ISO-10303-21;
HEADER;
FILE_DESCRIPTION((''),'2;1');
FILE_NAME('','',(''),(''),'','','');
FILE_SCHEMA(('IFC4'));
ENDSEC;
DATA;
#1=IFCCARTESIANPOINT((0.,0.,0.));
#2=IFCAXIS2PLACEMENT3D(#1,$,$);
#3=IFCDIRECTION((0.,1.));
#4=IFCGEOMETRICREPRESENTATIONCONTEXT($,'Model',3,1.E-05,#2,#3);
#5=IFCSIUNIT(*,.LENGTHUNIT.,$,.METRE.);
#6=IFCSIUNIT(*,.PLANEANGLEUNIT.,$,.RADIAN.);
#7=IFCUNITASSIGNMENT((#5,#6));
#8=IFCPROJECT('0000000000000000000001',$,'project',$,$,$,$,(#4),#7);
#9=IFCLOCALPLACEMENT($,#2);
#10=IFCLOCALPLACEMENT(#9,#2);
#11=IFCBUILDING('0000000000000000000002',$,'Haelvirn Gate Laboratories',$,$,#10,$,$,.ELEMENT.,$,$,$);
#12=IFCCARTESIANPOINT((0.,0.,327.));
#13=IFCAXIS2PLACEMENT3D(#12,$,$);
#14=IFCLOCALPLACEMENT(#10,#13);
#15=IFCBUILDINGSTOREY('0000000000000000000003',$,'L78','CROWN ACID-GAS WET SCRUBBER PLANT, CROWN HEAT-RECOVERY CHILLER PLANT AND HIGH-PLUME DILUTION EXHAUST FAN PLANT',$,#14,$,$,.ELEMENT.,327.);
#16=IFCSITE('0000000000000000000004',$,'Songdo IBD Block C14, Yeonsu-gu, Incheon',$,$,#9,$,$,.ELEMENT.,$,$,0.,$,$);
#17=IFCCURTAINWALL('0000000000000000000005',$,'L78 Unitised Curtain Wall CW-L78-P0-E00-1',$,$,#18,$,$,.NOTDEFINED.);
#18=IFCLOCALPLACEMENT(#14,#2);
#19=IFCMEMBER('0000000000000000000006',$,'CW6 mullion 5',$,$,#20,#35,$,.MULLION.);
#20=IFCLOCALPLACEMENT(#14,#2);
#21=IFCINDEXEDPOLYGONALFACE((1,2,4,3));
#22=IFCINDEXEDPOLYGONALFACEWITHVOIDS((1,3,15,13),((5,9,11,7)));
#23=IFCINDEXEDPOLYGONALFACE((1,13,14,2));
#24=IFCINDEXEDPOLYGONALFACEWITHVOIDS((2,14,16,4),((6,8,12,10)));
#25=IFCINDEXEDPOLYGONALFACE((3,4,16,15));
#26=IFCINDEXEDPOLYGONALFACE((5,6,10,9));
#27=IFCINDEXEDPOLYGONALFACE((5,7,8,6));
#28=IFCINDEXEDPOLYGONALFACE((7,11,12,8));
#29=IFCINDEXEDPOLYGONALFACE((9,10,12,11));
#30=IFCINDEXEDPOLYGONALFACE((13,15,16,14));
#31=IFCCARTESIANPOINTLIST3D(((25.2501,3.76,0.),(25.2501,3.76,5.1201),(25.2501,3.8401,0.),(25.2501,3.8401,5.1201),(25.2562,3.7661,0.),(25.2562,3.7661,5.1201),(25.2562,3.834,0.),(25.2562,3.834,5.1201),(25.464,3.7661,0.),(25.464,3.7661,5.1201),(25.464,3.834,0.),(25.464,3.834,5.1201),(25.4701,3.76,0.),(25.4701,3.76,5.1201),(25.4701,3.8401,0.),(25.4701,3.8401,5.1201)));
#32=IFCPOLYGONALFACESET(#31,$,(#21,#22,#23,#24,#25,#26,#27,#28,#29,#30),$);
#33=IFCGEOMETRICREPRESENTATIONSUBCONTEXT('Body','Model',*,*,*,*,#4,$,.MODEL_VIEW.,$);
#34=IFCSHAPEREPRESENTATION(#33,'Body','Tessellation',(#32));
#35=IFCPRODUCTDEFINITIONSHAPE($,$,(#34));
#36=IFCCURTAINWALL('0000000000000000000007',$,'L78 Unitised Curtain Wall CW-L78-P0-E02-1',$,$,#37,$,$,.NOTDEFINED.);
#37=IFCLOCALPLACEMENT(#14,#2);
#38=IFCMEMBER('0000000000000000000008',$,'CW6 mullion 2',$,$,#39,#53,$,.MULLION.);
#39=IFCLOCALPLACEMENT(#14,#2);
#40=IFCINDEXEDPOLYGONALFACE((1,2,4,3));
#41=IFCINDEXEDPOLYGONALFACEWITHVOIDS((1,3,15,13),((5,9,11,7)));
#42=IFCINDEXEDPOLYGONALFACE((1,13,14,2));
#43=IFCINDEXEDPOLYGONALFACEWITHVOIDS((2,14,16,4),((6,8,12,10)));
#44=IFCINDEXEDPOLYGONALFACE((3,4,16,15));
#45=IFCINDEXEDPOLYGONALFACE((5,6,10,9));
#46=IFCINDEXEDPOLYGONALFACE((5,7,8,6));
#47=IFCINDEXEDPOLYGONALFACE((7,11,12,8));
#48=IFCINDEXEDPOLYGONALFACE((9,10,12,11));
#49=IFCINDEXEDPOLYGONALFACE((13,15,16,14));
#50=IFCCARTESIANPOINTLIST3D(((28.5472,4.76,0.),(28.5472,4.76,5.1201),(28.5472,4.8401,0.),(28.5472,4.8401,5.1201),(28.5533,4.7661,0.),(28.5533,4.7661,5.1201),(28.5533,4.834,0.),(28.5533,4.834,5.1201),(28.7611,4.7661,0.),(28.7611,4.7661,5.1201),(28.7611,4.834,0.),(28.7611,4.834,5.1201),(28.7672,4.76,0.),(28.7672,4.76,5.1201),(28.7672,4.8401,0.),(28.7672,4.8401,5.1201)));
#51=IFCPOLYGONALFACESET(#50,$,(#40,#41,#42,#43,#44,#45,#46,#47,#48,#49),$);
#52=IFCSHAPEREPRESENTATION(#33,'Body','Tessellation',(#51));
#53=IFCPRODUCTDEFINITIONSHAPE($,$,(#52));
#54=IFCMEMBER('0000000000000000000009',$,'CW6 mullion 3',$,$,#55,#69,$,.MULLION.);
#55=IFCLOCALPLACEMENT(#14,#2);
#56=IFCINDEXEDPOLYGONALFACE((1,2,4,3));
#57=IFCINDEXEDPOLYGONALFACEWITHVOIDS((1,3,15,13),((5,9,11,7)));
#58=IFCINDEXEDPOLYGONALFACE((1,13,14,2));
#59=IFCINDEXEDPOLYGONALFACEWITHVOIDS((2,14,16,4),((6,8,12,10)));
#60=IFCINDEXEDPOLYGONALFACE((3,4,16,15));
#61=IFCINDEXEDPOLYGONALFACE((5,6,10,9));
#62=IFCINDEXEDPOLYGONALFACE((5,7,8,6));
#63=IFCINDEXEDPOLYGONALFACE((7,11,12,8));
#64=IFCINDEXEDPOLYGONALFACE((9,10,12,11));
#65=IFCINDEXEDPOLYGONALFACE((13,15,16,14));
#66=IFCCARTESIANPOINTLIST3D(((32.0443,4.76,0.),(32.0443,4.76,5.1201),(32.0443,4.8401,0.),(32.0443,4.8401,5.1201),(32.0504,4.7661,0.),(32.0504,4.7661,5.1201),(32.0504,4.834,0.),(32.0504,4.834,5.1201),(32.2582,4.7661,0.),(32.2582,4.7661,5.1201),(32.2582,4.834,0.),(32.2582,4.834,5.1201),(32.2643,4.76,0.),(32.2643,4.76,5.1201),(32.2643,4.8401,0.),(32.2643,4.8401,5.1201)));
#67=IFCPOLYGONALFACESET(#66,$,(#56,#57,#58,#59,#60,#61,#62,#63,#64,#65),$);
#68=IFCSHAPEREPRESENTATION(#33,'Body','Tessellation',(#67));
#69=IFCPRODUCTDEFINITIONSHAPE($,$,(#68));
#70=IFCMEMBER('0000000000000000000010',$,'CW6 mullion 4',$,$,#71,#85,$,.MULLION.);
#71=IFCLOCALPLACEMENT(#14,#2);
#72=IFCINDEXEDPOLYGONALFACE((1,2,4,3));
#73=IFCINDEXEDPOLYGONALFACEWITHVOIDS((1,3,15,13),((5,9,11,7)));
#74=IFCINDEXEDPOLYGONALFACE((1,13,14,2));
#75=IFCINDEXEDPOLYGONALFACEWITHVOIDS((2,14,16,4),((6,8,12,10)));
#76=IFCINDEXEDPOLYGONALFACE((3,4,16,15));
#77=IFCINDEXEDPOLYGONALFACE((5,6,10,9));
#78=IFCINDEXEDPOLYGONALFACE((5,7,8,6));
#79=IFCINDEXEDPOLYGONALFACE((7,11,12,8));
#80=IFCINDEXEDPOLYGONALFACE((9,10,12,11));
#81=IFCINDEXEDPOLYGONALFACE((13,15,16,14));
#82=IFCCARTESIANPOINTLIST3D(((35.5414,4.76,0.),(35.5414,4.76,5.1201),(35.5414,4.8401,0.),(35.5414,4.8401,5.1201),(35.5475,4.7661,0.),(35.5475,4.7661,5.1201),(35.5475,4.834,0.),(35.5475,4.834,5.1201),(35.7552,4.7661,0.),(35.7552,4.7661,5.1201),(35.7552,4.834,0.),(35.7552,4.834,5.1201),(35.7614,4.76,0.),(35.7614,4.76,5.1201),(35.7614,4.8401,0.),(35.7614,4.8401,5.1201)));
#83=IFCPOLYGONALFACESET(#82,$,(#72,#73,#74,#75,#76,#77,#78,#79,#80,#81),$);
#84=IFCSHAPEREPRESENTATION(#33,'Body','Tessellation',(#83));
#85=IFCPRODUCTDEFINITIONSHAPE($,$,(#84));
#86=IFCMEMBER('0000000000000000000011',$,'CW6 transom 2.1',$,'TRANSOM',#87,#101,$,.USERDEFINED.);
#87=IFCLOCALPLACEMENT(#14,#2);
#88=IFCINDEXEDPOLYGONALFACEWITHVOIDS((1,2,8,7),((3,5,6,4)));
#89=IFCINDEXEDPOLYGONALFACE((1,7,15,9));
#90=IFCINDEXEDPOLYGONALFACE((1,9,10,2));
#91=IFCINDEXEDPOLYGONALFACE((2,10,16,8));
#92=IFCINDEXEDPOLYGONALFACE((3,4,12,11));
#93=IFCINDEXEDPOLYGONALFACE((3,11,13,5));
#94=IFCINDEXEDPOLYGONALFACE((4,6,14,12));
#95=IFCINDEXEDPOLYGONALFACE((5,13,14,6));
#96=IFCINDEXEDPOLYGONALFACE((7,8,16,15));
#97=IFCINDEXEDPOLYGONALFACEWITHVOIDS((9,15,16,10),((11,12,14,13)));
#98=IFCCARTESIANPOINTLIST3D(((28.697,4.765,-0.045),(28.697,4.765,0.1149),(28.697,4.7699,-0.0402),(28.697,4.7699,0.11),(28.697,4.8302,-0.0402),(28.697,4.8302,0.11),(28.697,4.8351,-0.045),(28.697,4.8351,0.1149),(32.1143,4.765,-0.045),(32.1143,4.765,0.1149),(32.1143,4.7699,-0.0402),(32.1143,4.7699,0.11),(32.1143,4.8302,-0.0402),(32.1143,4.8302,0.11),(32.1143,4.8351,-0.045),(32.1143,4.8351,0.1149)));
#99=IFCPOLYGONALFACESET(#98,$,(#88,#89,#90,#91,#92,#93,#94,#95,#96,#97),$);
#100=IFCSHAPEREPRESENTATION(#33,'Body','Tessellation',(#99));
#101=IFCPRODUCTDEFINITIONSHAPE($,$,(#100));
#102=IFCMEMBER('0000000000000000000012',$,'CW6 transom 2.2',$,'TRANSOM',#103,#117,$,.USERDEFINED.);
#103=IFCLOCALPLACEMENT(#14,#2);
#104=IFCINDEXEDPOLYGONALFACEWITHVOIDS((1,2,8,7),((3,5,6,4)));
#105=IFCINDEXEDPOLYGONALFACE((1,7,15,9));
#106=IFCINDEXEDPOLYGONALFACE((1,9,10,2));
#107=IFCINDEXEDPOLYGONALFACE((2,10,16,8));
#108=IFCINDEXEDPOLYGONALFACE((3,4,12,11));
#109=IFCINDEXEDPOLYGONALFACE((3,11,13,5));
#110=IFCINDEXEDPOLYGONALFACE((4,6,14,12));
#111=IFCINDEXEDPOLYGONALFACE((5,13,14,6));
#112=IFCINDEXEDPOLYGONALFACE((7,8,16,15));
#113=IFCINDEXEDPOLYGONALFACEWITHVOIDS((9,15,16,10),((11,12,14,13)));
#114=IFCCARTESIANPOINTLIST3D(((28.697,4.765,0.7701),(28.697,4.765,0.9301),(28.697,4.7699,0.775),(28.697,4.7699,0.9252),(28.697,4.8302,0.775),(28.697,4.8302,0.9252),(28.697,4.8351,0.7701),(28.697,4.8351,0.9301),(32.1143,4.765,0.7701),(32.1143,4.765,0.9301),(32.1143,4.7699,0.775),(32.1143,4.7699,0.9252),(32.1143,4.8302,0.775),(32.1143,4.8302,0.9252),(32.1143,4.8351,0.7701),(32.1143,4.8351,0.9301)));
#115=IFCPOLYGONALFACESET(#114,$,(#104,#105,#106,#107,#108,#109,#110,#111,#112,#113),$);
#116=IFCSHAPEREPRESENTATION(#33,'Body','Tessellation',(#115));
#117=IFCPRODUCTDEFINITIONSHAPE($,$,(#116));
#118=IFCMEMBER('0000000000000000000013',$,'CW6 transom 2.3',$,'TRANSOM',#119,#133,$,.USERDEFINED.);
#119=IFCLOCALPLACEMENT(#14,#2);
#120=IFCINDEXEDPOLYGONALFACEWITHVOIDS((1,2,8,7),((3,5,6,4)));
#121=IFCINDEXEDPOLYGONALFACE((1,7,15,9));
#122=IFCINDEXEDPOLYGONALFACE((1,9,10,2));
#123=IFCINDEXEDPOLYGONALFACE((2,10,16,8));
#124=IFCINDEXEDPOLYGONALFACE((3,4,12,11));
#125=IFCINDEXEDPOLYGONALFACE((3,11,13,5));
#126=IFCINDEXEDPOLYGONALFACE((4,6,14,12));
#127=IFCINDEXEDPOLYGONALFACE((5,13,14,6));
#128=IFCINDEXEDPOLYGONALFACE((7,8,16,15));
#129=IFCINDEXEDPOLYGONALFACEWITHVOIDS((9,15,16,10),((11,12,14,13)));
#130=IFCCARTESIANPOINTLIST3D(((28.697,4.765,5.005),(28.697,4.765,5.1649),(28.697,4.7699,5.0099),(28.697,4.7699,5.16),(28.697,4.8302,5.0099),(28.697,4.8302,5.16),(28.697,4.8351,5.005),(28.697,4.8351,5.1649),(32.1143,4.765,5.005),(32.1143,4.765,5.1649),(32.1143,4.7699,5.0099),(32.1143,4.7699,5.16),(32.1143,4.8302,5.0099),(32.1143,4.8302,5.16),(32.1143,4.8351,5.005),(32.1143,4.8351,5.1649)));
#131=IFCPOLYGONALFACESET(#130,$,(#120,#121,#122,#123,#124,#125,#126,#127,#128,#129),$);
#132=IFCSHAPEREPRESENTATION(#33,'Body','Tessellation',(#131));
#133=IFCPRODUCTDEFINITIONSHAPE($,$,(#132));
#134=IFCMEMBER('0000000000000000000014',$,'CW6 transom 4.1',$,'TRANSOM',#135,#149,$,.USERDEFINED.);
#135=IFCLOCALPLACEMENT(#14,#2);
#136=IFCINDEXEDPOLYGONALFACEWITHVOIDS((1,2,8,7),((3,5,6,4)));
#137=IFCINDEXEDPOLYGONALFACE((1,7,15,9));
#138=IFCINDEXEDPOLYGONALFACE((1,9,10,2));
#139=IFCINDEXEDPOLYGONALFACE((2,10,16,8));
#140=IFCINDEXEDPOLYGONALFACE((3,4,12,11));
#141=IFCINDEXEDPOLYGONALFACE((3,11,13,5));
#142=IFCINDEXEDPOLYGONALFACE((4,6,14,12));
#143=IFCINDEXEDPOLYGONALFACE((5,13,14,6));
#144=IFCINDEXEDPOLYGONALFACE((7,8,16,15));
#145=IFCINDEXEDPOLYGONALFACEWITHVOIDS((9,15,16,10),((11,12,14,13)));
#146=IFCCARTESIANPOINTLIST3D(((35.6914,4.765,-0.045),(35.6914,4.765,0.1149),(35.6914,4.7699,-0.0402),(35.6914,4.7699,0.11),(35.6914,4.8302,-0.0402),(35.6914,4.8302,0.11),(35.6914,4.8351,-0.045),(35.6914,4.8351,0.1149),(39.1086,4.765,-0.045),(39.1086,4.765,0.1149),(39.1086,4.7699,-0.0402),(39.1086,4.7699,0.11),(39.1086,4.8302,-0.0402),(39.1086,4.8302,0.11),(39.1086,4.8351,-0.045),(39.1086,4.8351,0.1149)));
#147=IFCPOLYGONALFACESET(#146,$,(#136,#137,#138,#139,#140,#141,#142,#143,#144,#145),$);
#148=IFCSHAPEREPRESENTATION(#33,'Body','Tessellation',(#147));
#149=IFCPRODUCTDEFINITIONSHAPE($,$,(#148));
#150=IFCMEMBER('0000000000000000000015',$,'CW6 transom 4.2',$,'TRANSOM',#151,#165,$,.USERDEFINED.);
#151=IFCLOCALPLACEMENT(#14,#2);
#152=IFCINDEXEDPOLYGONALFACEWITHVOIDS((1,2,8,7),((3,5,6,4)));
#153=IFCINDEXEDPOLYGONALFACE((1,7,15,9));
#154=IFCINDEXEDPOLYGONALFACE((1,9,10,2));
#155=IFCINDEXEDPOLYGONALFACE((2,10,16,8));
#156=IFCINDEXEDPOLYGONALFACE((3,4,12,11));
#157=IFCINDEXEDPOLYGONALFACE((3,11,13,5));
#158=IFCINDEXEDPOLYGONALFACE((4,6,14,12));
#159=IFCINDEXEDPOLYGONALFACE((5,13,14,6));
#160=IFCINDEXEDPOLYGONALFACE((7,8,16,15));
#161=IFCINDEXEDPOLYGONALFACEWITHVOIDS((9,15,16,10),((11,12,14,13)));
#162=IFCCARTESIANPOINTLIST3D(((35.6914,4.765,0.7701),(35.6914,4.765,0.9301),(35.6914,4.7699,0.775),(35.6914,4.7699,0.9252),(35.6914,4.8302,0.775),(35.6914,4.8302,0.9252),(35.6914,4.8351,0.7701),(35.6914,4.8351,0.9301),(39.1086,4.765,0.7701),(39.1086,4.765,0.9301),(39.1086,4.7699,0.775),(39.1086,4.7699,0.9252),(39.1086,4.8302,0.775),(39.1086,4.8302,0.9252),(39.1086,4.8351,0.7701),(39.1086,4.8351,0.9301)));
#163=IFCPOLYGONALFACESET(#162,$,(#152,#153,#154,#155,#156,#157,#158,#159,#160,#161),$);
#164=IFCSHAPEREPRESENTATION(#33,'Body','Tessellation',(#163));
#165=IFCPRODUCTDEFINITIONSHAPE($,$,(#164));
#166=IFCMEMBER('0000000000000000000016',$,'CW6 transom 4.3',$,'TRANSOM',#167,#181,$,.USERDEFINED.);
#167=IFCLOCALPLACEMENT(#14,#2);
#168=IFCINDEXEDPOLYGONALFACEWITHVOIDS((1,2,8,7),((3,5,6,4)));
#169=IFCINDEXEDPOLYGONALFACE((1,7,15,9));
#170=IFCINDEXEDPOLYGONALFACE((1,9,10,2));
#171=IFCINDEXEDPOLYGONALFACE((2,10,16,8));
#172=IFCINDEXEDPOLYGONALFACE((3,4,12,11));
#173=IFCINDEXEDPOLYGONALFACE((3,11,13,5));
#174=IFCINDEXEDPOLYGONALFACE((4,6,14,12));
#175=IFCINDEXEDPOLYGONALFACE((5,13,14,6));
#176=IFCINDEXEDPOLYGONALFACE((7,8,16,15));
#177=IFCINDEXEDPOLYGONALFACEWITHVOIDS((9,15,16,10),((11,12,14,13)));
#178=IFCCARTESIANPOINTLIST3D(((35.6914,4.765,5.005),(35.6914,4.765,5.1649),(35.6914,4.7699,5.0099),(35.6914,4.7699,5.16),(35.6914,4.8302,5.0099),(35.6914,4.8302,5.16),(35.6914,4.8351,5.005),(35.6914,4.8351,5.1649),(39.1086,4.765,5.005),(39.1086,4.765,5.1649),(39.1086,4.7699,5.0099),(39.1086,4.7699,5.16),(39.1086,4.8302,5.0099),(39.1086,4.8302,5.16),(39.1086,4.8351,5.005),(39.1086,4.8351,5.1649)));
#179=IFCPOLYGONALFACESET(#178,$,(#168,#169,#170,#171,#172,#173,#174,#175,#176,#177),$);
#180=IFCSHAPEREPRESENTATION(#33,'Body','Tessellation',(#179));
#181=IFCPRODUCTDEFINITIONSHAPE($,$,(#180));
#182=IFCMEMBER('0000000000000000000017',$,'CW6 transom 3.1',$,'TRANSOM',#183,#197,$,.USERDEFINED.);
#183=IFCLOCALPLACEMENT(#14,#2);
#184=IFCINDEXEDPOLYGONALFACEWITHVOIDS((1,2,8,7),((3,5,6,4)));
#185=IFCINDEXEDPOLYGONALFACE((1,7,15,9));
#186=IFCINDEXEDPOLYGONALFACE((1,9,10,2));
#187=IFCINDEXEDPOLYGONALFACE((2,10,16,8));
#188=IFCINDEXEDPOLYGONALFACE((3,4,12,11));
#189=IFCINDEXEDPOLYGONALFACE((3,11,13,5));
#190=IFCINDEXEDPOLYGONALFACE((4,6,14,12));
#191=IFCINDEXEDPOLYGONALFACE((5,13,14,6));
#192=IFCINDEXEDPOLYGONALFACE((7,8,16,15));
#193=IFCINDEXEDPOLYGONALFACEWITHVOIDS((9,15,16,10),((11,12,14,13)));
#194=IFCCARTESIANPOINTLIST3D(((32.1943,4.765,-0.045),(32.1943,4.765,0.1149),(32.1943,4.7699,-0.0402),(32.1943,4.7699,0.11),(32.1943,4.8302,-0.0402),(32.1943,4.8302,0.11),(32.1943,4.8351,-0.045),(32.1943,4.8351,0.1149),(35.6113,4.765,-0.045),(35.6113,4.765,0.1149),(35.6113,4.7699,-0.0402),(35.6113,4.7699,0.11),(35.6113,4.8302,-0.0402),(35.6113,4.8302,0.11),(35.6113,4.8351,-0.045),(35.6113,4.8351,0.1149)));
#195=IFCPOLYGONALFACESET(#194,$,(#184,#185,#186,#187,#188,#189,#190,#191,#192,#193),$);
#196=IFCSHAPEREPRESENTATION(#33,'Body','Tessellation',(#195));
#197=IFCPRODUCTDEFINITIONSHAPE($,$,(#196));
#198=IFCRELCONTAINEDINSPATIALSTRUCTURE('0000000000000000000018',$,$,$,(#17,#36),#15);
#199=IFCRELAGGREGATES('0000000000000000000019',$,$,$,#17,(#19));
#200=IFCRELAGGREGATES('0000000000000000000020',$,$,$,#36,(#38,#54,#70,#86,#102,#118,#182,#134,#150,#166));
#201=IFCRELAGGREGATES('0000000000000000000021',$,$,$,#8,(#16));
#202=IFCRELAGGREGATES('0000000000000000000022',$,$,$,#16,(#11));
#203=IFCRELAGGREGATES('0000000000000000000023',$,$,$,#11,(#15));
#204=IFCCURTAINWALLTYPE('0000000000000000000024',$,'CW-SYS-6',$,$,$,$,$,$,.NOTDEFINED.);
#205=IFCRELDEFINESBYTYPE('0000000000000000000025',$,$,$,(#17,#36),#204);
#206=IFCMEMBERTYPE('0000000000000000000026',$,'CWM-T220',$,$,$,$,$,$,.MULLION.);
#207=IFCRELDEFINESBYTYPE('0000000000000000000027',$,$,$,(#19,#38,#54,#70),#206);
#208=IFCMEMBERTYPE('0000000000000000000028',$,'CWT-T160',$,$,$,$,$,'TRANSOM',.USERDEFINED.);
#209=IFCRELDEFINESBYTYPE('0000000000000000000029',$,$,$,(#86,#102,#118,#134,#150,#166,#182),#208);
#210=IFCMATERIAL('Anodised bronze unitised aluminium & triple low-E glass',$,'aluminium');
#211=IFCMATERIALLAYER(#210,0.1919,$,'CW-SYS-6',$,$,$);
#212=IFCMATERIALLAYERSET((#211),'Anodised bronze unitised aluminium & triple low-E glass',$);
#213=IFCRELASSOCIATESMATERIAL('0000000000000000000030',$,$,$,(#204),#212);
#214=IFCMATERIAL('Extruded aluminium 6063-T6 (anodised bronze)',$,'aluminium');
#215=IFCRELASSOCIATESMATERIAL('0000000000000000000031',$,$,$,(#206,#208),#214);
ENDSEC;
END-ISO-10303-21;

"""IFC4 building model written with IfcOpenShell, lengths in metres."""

from ifc_helpers import new_model, si_unit, direction, frame, origin, origin_2d, place, context, subcontext, project, spatial, hollow_rectangle, extrude, source, transform, mapped, material, layer, layer_set, material_profile, profile_set, type_object, type_shapes, element, aggregate, save


model = new_model("IFC4")

# Units and contexts
model_context = context("Model", 3, precision=1e-05, world=origin(), true_north=direction((0.0, 1.0)))
body_context = subcontext(model_context, "Body", "Model", "MODEL_VIEW")
ifc_project = project(units=[si_unit("LENGTHUNIT", "METRE"), si_unit("PLANEANGLEUNIT", "RADIAN")], contexts=[model_context])

# Site, building, storey
site_placement = place(None, origin())
site = spatial("IfcSite", under=ifc_project, at=site_placement, Name="Songdo IBD Block C14, Yeonsu-gu, Incheon", CompositionType="ELEMENT", RefElevation=0.0)
building_placement = place(site_placement, origin())
building = spatial("IfcBuilding", under=site, at=building_placement, Name="Haelvirn Gate Laboratories", CompositionType="ELEMENT")
storey_placement = place(building_placement, frame((0.0, 0.0, 327.0)))
storey = spatial("IfcBuildingStorey", under=building, at=storey_placement, Name="L78", Description="CROWN ACID-GAS WET SCRUBBER PLANT, CROWN HEAT-RECOVERY CHILLER PLANT AND HIGH-PLUME DILUTION EXHAUST FAN PLANT", CompositionType="ELEMENT", Elevation=327.0)

# Curtain wall, member
ifc_material_1 = material(Name="Anodised bronze unitised aluminium & triple low-E glass", Category="aluminium")
ifc_layer_1 = layer(ifc_material_1, 0.1919, Name="CW-SYS-6")
ifc_layer_set_1 = layer_set([ifc_layer_1], Name="Anodised bronze unitised aluminium & triple low-E glass")
curtain_wall_type = type_object("IfcCurtainWallType", Name="CW-SYS-6", PredefinedType="NOTDEFINED", material=ifc_layer_set_1)
curtain_wall_1_placement = place(storey_placement, origin())
curtain_wall_1 = element("IfcCurtainWall", 1, at=curtain_wall_1_placement, inside=storey, type_object=curtain_wall_type, Name="L78 Unitised Curtain Wall CW-L78-P0-E00-1", PredefinedType="NOTDEFINED")
ifc_material_2 = material(Name="Extruded aluminium 6063-T6 (anodised bronze)", Category="aluminium")
ifc_material_profile_1 = material_profile(ifc_material_2, hollow_rectangle(XDim=0.0801, YDim=0.22, WallThickness=0.0061, at=origin_2d()), Name="CWM-220x80x6")
ifc_profile_set_1 = profile_set([ifc_material_profile_1], Name="Extruded aluminium 6063-T6 (anodised bronze)")
member_type_1 = type_object("IfcMemberType", Name="CWM-T220", PredefinedType="MULLION", material=ifc_profile_set_1)
shared_shape_1 = source(origin(), body_context, "Body", "SweptSolid", [
    extrude(hollow_rectangle(XDim=0.0801, YDim=0.22, WallThickness=0.0061, at=origin_2d()), origin(), (0.0, 0.0, 1.0), 5.1201),
])
type_shapes(member_type_1, [shared_shape_1])
member_1_placement = place(storey_placement, frame((25.3601, 3.8, 0.0), z_axis=(0.0, 0.0, 1.0), x_axis=(0.0, 1.0, 0.0)))
member_1 = element("IfcMember", 2, at=member_1_placement, type_object=member_type_1, Name="CW6 mullion 5", PredefinedType="MULLION", context=body_context, shape_type="MappedRepresentation", body=[
    mapped(shared_shape_1, transform((0.0, 0.0, 0.0), scale=1.0)),
])
aggregate(curtain_wall_1, [member_1])

# Curtain wall, members
curtain_wall_2_placement = place(storey_placement, origin())
curtain_wall_2 = element("IfcCurtainWall", 3, at=curtain_wall_2_placement, inside=storey, type_object=curtain_wall_type, Name="L78 Unitised Curtain Wall CW-L78-P0-E02-1", PredefinedType="NOTDEFINED")
member_2_placement = place(storey_placement, frame((28.6572, 4.8, 0.0), z_axis=(0.0, 0.0, 1.0), x_axis=(0.0, 1.0, 0.0)))
member_2 = element("IfcMember", 4, at=member_2_placement, type_object=member_type_1, Name="CW6 mullion 2", PredefinedType="MULLION", context=body_context, shape_type="MappedRepresentation", body=[
    mapped(shared_shape_1, transform((0.0, 0.0, 0.0), scale=1.0)),
])
member_3_placement = place(storey_placement, frame((32.1543, 4.8, 0.0), z_axis=(0.0, 0.0, 1.0), x_axis=(0.0, 1.0, 0.0)))
member_3 = element("IfcMember", 5, at=member_3_placement, type_object=member_type_1, Name="CW6 mullion 3", PredefinedType="MULLION", context=body_context, shape_type="MappedRepresentation", body=[
    mapped(shared_shape_1, transform((0.0, 0.0, 0.0), scale=1.0)),
])
member_4_placement = place(storey_placement, frame((35.6514, 4.8, 0.0), z_axis=(0.0, 0.0, 1.0), x_axis=(0.0, 1.0, 0.0)))
member_4 = element("IfcMember", 6, at=member_4_placement, type_object=member_type_1, Name="CW6 mullion 4", PredefinedType="MULLION", context=body_context, shape_type="MappedRepresentation", body=[
    mapped(shared_shape_1, transform((0.0, 0.0, 0.0), scale=1.0)),
])
ifc_material_profile_2 = material_profile(ifc_material_2, hollow_rectangle(XDim=0.0701, YDim=0.1599, WallThickness=0.0049, at=origin_2d()), Name="CWT-160x70x5")
ifc_profile_set_2 = profile_set([ifc_material_profile_2], Name="Extruded aluminium 6063-T6 (anodised bronze)")
member_type_2 = type_object("IfcMemberType", Name="CWT-T160", ElementType="TRANSOM", PredefinedType="USERDEFINED", material=ifc_profile_set_2)
shared_shape_2 = source(origin(), body_context, "Body", "SweptSolid", [
    extrude(hollow_rectangle(XDim=0.0701, YDim=0.1599, WallThickness=0.0049, at=origin_2d()), origin(), (0.0, 0.0, 1.0), 3.4172),
])
member_5_placement = place(storey_placement, frame((28.697, 4.8, 0.0349), z_axis=(1.0, 0.0, 0.0), x_axis=(0.0, 1.0, 0.0)))
member_5 = element("IfcMember", 7, at=member_5_placement, type_object=member_type_2, Name="CW6 transom 2.1", ObjectType="TRANSOM", PredefinedType="USERDEFINED", context=body_context, shape_type="MappedRepresentation", body=[
    mapped(shared_shape_2, transform((0.0, 0.0, 0.0), scale=1.0)),
])
member_6_placement = place(storey_placement, frame((28.697, 4.8, 0.8501), z_axis=(1.0, 0.0, 0.0), x_axis=(0.0, 1.0, 0.0)))
member_6 = element("IfcMember", 8, at=member_6_placement, type_object=member_type_2, Name="CW6 transom 2.2", ObjectType="TRANSOM", PredefinedType="USERDEFINED", context=body_context, shape_type="MappedRepresentation", body=[
    mapped(shared_shape_2, transform((0.0, 0.0, 0.0), scale=1.0)),
])
member_7_placement = place(storey_placement, frame((28.697, 4.8, 5.085), z_axis=(1.0, 0.0, 0.0), x_axis=(0.0, 1.0, 0.0)))
member_7 = element("IfcMember", 9, at=member_7_placement, type_object=member_type_2, Name="CW6 transom 2.3", ObjectType="TRANSOM", PredefinedType="USERDEFINED", context=body_context, shape_type="MappedRepresentation", body=[
    mapped(shared_shape_2, transform((0.0, 0.0, 0.0), scale=1.0)),
])
member_8_placement = place(storey_placement, frame((35.6914, 4.8, 0.0349), z_axis=(1.0, 0.0, 0.0), x_axis=(0.0, 1.0, 0.0)))
member_8 = element("IfcMember", 10, at=member_8_placement, type_object=member_type_2, Name="CW6 transom 4.1", ObjectType="TRANSOM", PredefinedType="USERDEFINED", context=body_context, shape_type="MappedRepresentation", body=[
    mapped(shared_shape_2, transform((0.0, 0.0, 0.0), scale=1.0)),
])
member_9_placement = place(storey_placement, frame((35.6914, 4.8, 0.8501), z_axis=(1.0, 0.0, 0.0), x_axis=(0.0, 1.0, 0.0)))
member_9 = element("IfcMember", 11, at=member_9_placement, type_object=member_type_2, Name="CW6 transom 4.2", ObjectType="TRANSOM", PredefinedType="USERDEFINED", context=body_context, shape_type="MappedRepresentation", body=[
    mapped(shared_shape_2, transform((0.0, 0.0, 0.0), scale=1.0)),
])
member_10_placement = place(storey_placement, frame((35.6914, 4.8, 5.085), z_axis=(1.0, 0.0, 0.0), x_axis=(0.0, 1.0, 0.0)))
member_10 = element("IfcMember", 12, at=member_10_placement, type_object=member_type_2, Name="CW6 transom 4.3", ObjectType="TRANSOM", PredefinedType="USERDEFINED", context=body_context, shape_type="MappedRepresentation", body=[
    mapped(shared_shape_2, transform((0.0, 0.0, 0.0), scale=1.0)),
])
shared_shape_3 = source(origin(), body_context, "Body", "SweptSolid", [
    extrude(hollow_rectangle(XDim=0.0701, YDim=0.1599, WallThickness=0.0049, at=origin_2d()), origin(), (0.0, 0.0, 1.0), 3.417),
])
type_shapes(member_type_2, [shared_shape_2, shared_shape_3])
member_11_placement = place(storey_placement, frame((32.1943, 4.8, 0.0349), z_axis=(1.0, 0.0, 0.0), x_axis=(0.0, 1.0, 0.0)))
member_11 = element("IfcMember", 13, at=member_11_placement, type_object=member_type_2, Name="CW6 transom 3.1", ObjectType="TRANSOM", PredefinedType="USERDEFINED", context=body_context, shape_type="MappedRepresentation", body=[
    mapped(shared_shape_3, transform((0.0, 0.0, 0.0), scale=1.0)),
])
aggregate(curtain_wall_2, [member_2, member_3, member_4, member_5, member_6, member_7, member_11, member_8, member_9, member_10])

save(model, "model.ifc")
